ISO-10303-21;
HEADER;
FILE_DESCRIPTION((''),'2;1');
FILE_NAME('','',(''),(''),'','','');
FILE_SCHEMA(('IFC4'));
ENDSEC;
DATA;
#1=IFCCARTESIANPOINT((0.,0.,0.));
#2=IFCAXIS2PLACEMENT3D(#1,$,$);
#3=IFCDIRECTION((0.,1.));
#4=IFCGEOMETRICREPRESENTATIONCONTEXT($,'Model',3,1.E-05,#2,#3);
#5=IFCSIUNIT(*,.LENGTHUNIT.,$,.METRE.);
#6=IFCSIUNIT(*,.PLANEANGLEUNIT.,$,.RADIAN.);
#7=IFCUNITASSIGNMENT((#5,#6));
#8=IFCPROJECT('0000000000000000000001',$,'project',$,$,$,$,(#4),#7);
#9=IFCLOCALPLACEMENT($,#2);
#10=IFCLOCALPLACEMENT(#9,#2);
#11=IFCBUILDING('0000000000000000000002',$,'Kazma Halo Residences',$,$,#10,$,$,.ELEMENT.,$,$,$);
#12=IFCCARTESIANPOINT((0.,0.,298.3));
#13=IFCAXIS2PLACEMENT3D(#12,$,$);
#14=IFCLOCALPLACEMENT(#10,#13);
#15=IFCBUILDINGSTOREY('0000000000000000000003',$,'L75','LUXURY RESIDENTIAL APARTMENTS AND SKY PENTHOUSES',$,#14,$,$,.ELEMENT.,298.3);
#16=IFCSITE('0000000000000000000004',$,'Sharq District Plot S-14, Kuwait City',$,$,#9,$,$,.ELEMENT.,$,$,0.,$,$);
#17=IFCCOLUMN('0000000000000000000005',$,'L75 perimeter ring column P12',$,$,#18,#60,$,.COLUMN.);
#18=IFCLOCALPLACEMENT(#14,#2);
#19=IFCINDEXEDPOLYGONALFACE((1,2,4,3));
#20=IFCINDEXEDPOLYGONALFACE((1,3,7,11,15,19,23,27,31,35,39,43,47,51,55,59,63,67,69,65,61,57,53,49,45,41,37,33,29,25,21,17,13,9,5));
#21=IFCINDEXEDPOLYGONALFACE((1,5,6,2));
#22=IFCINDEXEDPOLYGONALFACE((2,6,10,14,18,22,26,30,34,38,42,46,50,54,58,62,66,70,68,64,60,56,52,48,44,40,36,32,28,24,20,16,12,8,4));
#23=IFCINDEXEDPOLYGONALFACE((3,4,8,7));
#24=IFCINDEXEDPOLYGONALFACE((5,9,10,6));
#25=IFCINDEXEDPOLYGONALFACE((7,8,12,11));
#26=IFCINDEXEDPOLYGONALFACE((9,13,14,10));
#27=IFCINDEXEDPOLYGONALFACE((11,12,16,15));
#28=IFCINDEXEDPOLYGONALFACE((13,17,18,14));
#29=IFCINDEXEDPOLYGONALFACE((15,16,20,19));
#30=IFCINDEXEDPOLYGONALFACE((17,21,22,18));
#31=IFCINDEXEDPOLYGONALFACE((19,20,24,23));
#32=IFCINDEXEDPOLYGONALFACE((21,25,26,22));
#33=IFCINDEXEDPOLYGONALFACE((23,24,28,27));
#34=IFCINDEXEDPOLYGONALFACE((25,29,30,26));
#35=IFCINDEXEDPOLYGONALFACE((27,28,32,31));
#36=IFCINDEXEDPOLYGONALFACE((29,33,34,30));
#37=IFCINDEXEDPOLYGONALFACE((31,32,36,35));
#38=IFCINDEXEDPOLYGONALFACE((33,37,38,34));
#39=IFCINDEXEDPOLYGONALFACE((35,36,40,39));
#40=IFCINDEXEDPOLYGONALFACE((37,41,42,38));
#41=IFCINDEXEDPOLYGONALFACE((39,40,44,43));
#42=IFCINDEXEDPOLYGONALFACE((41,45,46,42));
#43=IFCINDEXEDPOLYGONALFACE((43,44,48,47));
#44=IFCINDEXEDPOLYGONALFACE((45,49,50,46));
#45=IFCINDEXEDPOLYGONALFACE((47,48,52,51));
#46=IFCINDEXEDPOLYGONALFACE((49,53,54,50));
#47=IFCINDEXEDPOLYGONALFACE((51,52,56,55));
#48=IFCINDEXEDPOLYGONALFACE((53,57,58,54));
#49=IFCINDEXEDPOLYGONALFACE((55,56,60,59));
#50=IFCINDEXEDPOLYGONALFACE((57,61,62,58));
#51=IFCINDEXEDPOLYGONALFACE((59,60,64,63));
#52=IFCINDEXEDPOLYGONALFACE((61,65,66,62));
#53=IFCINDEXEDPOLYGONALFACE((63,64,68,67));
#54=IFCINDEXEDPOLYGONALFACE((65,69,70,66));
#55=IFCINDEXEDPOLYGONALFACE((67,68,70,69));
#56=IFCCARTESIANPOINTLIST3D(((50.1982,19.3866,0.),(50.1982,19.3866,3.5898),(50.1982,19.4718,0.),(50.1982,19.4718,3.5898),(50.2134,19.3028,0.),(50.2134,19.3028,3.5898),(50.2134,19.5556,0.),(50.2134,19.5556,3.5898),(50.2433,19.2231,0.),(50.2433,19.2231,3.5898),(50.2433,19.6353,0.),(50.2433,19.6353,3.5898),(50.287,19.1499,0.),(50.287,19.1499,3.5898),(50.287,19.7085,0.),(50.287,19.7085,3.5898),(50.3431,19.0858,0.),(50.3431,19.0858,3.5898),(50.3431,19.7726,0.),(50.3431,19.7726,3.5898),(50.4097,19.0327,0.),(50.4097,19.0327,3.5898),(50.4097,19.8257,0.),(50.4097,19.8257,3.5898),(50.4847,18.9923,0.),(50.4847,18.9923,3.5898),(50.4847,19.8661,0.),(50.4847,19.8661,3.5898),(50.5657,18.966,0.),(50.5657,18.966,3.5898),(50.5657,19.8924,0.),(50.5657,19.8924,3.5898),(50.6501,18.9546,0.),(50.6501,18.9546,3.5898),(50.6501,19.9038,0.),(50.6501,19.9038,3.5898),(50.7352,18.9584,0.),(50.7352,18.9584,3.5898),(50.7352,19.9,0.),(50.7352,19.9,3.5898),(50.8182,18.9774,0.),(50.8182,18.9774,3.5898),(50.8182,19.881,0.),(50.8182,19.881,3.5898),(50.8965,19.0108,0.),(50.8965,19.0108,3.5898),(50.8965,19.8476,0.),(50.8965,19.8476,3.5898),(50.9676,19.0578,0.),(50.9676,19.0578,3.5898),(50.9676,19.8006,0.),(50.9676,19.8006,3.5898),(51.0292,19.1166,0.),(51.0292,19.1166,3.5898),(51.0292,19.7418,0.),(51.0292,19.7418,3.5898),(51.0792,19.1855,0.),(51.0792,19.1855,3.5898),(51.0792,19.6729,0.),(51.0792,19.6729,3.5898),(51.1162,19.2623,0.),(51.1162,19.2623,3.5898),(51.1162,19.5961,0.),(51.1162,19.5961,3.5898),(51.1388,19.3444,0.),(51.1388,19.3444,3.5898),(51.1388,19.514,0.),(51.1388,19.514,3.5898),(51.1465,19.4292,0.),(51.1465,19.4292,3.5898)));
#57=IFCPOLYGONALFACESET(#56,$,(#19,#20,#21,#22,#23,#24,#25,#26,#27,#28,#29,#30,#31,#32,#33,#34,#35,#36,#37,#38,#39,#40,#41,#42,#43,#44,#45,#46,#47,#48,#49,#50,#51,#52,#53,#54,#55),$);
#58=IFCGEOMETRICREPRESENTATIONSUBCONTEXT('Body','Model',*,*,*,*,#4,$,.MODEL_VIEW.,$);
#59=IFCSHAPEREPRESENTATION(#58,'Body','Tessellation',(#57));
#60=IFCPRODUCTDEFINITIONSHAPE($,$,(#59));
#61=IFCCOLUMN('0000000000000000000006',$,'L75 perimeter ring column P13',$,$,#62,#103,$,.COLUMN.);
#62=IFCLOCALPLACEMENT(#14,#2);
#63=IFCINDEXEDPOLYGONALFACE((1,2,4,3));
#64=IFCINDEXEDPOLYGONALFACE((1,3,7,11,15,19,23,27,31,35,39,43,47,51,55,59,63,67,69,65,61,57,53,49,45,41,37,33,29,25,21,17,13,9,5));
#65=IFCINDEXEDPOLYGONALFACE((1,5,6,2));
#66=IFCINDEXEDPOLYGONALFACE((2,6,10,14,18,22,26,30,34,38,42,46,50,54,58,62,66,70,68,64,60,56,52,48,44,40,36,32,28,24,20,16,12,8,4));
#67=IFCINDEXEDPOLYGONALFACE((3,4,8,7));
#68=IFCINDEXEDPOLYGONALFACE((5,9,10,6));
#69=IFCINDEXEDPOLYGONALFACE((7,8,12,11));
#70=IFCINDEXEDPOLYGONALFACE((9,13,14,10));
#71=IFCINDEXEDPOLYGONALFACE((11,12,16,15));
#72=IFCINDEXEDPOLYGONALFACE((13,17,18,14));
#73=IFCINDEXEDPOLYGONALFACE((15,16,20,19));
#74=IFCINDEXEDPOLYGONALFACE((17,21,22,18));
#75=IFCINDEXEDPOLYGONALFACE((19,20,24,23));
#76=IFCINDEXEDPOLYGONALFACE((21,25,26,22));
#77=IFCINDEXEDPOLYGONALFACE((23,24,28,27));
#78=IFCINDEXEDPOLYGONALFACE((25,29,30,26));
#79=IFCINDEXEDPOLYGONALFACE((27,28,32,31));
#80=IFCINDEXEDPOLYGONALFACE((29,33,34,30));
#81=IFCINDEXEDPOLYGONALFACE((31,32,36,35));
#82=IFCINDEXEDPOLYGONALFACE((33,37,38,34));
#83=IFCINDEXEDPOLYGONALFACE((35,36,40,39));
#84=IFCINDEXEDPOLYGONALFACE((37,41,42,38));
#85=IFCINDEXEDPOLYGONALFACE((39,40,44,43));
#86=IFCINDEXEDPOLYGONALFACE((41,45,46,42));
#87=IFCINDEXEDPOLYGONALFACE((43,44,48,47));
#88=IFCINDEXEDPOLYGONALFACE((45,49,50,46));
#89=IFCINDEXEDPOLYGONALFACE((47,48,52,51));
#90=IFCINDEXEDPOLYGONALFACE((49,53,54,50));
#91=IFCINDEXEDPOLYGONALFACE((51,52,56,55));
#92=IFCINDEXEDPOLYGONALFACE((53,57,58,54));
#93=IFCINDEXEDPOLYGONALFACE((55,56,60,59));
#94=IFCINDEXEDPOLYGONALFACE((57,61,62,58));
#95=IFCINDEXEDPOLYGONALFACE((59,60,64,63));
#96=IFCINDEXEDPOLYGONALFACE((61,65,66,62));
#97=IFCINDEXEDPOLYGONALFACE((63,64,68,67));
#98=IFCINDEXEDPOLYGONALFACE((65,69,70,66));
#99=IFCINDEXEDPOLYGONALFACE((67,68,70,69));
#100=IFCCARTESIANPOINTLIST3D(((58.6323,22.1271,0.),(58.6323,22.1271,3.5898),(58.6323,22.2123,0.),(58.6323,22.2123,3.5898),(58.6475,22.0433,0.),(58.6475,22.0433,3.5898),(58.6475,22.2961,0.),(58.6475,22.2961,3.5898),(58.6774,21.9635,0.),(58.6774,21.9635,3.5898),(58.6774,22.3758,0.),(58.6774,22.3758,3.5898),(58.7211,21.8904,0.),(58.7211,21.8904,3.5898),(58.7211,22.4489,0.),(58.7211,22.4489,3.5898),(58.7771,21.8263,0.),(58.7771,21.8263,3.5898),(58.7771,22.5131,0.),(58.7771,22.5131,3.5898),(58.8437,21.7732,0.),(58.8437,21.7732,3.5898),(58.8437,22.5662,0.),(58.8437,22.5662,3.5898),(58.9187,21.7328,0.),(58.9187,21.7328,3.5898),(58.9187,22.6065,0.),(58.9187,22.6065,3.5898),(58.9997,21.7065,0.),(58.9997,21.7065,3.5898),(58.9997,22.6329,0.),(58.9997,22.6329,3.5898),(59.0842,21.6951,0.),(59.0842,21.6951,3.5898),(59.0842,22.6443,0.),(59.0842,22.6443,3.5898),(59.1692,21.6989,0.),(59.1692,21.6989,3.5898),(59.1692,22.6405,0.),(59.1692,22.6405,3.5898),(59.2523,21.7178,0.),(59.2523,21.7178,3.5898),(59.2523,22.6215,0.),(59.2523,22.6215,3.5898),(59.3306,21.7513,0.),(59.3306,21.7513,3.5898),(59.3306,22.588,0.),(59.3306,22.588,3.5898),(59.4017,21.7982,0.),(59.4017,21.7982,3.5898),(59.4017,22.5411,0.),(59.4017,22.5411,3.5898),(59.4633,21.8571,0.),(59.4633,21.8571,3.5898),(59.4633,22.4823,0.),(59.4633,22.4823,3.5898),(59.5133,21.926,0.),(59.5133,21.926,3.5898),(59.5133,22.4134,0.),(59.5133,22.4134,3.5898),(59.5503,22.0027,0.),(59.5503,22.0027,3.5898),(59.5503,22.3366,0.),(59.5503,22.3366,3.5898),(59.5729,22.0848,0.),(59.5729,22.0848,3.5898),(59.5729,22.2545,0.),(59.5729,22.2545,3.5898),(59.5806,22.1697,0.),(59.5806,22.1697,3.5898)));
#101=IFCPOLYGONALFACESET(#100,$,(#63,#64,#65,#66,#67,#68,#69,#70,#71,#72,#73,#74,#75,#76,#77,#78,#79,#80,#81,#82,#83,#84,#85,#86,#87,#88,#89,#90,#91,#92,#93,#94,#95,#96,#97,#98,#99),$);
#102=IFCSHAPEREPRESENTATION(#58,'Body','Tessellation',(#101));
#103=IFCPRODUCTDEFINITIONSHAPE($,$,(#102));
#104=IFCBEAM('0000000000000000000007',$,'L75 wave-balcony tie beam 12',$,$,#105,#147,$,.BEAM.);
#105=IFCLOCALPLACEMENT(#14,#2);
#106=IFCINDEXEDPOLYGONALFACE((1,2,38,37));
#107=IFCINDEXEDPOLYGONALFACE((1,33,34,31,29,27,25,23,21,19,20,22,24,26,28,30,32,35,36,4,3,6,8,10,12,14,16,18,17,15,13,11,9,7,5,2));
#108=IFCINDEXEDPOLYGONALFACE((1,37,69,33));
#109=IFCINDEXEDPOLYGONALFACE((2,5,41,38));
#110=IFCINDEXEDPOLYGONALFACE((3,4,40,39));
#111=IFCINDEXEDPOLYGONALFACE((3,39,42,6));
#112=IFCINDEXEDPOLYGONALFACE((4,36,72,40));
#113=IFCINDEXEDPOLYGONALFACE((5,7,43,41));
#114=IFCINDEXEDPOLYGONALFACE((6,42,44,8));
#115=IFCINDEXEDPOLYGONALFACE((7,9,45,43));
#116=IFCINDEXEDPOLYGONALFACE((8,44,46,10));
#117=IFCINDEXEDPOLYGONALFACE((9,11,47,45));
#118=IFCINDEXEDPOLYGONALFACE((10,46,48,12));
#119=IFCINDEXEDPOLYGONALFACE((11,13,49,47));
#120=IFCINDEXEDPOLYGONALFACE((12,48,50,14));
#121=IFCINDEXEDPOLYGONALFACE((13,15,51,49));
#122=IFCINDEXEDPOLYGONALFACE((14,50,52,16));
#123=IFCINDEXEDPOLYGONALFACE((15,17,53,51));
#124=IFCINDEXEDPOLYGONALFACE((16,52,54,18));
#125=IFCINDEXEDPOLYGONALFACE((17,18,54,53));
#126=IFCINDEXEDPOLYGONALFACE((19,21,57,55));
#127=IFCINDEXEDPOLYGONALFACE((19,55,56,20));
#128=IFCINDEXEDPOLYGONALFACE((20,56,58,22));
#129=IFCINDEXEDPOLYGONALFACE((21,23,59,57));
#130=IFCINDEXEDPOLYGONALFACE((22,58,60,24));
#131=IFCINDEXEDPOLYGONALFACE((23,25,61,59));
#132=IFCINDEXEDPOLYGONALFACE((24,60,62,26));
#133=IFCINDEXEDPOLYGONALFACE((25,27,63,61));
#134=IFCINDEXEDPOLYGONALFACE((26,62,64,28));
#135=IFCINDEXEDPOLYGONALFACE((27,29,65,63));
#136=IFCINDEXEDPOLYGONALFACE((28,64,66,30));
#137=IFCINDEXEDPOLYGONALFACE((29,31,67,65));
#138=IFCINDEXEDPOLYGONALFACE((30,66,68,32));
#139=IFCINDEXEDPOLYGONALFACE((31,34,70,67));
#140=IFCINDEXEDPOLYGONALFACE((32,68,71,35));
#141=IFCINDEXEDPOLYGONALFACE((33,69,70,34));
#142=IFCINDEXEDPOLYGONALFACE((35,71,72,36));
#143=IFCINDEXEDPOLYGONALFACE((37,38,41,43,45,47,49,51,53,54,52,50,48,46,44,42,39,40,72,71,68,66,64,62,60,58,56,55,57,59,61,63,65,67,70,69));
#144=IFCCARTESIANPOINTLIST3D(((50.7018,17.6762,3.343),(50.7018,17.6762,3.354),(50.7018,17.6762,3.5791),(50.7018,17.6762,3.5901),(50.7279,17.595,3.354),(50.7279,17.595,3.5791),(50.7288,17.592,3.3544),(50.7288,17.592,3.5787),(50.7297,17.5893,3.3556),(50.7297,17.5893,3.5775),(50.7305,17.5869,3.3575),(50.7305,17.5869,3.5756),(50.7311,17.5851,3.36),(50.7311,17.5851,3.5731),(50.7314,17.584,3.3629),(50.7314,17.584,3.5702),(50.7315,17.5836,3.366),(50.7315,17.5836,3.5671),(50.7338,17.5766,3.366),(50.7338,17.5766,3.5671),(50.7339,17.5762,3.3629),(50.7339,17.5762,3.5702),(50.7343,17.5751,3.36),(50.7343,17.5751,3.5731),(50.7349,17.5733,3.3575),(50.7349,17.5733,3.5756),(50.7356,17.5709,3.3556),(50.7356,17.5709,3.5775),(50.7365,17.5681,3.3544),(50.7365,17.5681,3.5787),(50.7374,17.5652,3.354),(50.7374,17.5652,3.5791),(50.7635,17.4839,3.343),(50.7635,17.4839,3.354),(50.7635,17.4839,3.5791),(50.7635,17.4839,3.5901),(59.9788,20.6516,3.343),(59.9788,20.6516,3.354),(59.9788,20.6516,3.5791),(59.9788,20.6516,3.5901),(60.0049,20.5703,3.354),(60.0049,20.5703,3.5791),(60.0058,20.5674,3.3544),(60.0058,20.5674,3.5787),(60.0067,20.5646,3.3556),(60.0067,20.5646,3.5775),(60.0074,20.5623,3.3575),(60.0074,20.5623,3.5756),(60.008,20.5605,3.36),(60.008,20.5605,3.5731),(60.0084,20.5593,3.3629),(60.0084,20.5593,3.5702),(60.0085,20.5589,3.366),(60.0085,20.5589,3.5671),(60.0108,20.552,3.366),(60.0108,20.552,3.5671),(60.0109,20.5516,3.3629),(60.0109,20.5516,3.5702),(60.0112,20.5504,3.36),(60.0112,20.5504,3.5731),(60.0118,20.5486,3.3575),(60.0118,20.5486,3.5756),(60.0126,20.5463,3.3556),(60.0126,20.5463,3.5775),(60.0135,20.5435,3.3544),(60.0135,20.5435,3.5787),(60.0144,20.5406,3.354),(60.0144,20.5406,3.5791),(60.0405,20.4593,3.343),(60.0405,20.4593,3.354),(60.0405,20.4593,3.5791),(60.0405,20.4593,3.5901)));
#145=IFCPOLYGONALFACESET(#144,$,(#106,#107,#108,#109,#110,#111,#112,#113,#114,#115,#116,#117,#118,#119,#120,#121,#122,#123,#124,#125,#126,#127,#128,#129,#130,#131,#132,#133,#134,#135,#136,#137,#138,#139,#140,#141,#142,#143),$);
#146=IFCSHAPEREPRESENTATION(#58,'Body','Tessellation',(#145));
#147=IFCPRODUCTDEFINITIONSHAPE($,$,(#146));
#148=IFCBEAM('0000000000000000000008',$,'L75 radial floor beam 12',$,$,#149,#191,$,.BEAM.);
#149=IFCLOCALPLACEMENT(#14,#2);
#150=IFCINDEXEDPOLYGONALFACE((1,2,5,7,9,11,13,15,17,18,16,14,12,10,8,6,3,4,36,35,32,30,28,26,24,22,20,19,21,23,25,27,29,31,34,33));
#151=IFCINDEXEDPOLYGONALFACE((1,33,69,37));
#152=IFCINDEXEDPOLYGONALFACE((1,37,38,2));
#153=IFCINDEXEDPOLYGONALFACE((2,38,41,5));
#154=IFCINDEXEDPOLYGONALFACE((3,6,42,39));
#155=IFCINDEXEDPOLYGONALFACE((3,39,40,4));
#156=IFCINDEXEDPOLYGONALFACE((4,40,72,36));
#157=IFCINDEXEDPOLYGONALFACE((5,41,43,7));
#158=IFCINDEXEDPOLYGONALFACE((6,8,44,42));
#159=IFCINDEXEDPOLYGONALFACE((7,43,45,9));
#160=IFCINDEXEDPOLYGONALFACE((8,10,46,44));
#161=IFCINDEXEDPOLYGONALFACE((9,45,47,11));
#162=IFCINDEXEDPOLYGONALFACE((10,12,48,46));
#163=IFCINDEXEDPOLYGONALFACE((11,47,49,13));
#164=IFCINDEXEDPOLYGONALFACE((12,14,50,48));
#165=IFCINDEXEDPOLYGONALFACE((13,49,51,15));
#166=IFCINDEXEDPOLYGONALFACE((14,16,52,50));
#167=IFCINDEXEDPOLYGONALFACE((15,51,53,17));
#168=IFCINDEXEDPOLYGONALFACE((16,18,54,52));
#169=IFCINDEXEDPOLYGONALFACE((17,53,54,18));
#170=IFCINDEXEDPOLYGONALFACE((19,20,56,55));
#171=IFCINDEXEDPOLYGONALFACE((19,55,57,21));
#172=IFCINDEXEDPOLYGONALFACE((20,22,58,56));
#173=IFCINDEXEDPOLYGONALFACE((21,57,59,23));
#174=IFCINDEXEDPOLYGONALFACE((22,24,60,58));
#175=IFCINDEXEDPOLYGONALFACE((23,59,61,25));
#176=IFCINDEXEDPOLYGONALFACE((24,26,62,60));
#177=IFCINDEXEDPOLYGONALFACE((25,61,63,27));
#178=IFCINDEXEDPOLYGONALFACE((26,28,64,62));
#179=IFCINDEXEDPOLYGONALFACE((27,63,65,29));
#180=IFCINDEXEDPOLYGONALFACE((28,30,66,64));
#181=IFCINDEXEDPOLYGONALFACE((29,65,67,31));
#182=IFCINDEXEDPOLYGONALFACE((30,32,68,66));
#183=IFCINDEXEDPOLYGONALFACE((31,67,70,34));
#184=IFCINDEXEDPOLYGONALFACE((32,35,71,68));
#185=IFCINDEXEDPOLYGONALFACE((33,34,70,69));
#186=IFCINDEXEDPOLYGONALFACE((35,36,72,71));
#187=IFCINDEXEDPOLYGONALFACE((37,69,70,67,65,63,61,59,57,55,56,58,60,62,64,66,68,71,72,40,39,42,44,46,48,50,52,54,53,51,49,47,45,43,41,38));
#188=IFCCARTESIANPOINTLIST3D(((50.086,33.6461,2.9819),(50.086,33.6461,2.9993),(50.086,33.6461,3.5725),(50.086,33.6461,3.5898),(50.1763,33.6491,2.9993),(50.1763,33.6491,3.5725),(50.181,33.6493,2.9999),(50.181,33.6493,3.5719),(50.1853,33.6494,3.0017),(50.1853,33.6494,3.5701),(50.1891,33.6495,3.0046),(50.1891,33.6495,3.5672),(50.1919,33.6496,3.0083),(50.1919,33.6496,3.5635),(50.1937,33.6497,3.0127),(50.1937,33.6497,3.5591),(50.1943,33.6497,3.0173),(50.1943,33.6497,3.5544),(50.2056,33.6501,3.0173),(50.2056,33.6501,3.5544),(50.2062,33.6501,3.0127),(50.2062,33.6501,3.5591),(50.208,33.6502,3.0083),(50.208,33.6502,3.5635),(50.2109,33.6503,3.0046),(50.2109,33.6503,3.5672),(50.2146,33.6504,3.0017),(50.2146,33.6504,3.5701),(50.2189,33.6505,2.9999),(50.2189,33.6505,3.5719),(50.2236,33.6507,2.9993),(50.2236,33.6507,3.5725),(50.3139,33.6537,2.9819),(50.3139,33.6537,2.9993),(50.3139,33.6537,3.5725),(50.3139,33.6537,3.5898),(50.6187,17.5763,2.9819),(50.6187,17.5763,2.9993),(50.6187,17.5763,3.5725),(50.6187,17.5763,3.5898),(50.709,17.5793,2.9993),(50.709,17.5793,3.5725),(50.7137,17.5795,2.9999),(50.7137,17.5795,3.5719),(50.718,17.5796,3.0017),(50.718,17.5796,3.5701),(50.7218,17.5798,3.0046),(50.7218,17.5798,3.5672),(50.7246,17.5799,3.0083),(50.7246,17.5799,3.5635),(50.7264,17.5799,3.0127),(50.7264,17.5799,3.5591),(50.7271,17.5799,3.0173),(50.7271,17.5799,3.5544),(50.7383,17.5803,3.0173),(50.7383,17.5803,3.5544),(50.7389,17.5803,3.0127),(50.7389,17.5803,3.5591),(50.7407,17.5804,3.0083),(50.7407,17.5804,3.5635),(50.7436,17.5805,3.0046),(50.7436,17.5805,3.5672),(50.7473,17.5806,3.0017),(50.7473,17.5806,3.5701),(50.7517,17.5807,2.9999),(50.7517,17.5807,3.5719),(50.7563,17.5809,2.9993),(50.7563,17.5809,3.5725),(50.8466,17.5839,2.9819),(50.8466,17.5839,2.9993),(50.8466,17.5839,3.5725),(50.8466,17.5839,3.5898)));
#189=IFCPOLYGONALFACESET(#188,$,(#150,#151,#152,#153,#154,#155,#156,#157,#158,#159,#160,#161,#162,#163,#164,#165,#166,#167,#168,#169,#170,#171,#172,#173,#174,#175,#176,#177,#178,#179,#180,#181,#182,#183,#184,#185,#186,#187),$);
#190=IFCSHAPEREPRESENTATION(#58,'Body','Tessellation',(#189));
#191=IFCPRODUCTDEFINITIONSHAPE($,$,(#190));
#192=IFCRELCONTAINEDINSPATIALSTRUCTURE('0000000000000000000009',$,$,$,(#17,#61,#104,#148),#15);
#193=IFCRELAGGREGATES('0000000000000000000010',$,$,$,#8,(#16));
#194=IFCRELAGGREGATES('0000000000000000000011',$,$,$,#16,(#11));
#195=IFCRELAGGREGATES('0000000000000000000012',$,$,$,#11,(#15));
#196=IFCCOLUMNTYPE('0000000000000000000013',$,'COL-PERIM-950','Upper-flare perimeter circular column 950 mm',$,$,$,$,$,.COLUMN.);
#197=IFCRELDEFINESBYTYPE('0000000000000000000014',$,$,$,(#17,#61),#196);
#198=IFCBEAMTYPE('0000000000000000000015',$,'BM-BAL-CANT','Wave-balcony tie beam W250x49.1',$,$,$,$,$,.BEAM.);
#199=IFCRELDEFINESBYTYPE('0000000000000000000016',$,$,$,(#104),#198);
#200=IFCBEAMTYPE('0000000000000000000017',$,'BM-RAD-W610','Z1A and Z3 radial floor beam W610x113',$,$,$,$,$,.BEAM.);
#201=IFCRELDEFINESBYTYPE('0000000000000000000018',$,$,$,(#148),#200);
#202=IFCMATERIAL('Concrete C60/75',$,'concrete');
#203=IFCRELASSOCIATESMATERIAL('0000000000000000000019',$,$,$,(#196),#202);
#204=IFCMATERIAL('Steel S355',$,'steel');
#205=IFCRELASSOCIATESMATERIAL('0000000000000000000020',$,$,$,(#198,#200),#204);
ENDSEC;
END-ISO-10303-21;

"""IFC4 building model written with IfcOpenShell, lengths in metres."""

from ifc_helpers import new_model, si_unit, direction, frame, origin, origin_2d, place, context, subcontext, project, spatial, circle, i_section, extrude, material, material_profile, profile_set, type_object, element, save


model = new_model("IFC4")

# Units and contexts
model_context = context("Model", 3, precision=1e-05, world=origin(), true_north=direction((0.0, 1.0)))
body_context = subcontext(model_context, "Body", "Model", "MODEL_VIEW")
ifc_project = project(units=[si_unit("LENGTHUNIT", "METRE"), si_unit("PLANEANGLEUNIT", "RADIAN")], contexts=[model_context])

# Site, building, storey
site_placement = place(None, origin())
site = spatial("IfcSite", under=ifc_project, at=site_placement, Name="Sharq District Plot S-14, Kuwait City", CompositionType="ELEMENT", RefElevation=0.0)
building_placement = place(site_placement, origin())
building = spatial("IfcBuilding", under=site, at=building_placement, Name="Kazma Halo Residences", CompositionType="ELEMENT")
storey_placement = place(building_placement, frame((0.0, 0.0, 298.3)))
storey = spatial("IfcBuildingStorey", under=building, at=storey_placement, Name="L75", Description="LUXURY RESIDENTIAL APARTMENTS AND SKY PENTHOUSES", CompositionType="ELEMENT", Elevation=298.3)

# Columns
ifc_material_1 = material(Name="Concrete C60/75", Category="concrete")
ifc_material_profile_1 = material_profile(ifc_material_1, circle(Radius=0.4751, at=origin_2d()), Name="CIRC950")
ifc_profile_set_1 = profile_set([ifc_material_profile_1], Name="Concrete C60/75")
column_type = type_object("IfcColumnType", Name="COL-PERIM-950", Description="Upper-flare perimeter circular column 950 mm", PredefinedType="COLUMN", material=ifc_profile_set_1)
for number, where, z_axis, x_axis, name in (
    (1, (50.6714, 19.4292, 0.0), (0.0, 0.0, 1.0), (1.0, 0.0, 0.0), "L75 perimeter ring column P12"),
    (2, (59.1055, 22.1697, 0.0), (0.0, 0.0, 1.0), (1.0, 0.0, 0.0), "L75 perimeter ring column P13"),
):
    element("IfcColumn", number, at=place(storey_placement, frame(where, z_axis=z_axis, x_axis=x_axis)), inside=storey, type_object=column_type, Name=name, PredefinedType="COLUMN", context=body_context, shape_type="SweptSolid", body=[
        extrude(circle(Radius=0.4751, at=origin_2d()), origin(), (0.0, 0.0, 1.0), 3.5898),
    ])

# Beams
ifc_material_2 = material(Name="Steel S355", Category="steel")
ifc_material_profile_2 = material_profile(ifc_material_2, i_section(OverallWidth=0.2019, OverallDepth=0.2471, WebThickness=0.0073, FlangeThickness=0.011, FilletRadius=0.012, at=origin_2d()), Name="W250x49.1")
ifc_profile_set_2 = profile_set([ifc_material_profile_2], Name="Steel S355")
beam_type_1 = type_object("IfcBeamType", Name="BM-BAL-CANT", Description="Wave-balcony tie beam W250x49.1", PredefinedType="BEAM", material=ifc_profile_set_2)
beam_1_placement = place(storey_placement, frame((50.7327, 17.5801, 3.4666), z_axis=(0.952223, 0.305404, 0.0), x_axis=(-0.305404, 0.952223, 0.0)))
element("IfcBeam", 3, at=beam_1_placement, inside=storey, type_object=beam_type_1, Name="L75 wave-balcony tie beam 12", PredefinedType="BEAM", context=body_context, shape_type="SweptSolid", body=[
    extrude(i_section(OverallWidth=0.2019, OverallDepth=0.2471, WebThickness=0.0073, FlangeThickness=0.011, FilletRadius=0.012, at=origin_2d()), origin(), (0.0, 0.0, 1.0), 9.7424),
])
ifc_material_profile_3 = material_profile(ifc_material_2, i_section(OverallWidth=0.228, OverallDepth=0.6079, WebThickness=0.0112, FlangeThickness=0.0173, FilletRadius=0.0181, at=origin_2d()), Name="W610x113")
ifc_profile_set_3 = profile_set([ifc_material_profile_3], Name="Steel S355")
beam_type_2 = type_object("IfcBeamType", Name="BM-RAD-W610", Description="Z1A and Z3 radial floor beam W610x113", PredefinedType="BEAM", material=ifc_profile_set_3)
beam_2_placement = place(storey_placement, frame((50.2, 33.6499, 3.2859), z_axis=(0.033132, -0.999451, 0.0), x_axis=(0.999451, 0.033132, 0.0)))
element("IfcBeam", 4, at=beam_2_placement, inside=storey, type_object=beam_type_2, Name="L75 radial floor beam 12", PredefinedType="BEAM", context=body_context, shape_type="SweptSolid", body=[
    extrude(i_section(OverallWidth=0.228, OverallDepth=0.6079, WebThickness=0.0112, FlangeThickness=0.0173, FilletRadius=0.0181, at=origin_2d()), origin(), (0.0, 0.0, 1.0), 16.0786),
])

save(model, "model.ifc")
